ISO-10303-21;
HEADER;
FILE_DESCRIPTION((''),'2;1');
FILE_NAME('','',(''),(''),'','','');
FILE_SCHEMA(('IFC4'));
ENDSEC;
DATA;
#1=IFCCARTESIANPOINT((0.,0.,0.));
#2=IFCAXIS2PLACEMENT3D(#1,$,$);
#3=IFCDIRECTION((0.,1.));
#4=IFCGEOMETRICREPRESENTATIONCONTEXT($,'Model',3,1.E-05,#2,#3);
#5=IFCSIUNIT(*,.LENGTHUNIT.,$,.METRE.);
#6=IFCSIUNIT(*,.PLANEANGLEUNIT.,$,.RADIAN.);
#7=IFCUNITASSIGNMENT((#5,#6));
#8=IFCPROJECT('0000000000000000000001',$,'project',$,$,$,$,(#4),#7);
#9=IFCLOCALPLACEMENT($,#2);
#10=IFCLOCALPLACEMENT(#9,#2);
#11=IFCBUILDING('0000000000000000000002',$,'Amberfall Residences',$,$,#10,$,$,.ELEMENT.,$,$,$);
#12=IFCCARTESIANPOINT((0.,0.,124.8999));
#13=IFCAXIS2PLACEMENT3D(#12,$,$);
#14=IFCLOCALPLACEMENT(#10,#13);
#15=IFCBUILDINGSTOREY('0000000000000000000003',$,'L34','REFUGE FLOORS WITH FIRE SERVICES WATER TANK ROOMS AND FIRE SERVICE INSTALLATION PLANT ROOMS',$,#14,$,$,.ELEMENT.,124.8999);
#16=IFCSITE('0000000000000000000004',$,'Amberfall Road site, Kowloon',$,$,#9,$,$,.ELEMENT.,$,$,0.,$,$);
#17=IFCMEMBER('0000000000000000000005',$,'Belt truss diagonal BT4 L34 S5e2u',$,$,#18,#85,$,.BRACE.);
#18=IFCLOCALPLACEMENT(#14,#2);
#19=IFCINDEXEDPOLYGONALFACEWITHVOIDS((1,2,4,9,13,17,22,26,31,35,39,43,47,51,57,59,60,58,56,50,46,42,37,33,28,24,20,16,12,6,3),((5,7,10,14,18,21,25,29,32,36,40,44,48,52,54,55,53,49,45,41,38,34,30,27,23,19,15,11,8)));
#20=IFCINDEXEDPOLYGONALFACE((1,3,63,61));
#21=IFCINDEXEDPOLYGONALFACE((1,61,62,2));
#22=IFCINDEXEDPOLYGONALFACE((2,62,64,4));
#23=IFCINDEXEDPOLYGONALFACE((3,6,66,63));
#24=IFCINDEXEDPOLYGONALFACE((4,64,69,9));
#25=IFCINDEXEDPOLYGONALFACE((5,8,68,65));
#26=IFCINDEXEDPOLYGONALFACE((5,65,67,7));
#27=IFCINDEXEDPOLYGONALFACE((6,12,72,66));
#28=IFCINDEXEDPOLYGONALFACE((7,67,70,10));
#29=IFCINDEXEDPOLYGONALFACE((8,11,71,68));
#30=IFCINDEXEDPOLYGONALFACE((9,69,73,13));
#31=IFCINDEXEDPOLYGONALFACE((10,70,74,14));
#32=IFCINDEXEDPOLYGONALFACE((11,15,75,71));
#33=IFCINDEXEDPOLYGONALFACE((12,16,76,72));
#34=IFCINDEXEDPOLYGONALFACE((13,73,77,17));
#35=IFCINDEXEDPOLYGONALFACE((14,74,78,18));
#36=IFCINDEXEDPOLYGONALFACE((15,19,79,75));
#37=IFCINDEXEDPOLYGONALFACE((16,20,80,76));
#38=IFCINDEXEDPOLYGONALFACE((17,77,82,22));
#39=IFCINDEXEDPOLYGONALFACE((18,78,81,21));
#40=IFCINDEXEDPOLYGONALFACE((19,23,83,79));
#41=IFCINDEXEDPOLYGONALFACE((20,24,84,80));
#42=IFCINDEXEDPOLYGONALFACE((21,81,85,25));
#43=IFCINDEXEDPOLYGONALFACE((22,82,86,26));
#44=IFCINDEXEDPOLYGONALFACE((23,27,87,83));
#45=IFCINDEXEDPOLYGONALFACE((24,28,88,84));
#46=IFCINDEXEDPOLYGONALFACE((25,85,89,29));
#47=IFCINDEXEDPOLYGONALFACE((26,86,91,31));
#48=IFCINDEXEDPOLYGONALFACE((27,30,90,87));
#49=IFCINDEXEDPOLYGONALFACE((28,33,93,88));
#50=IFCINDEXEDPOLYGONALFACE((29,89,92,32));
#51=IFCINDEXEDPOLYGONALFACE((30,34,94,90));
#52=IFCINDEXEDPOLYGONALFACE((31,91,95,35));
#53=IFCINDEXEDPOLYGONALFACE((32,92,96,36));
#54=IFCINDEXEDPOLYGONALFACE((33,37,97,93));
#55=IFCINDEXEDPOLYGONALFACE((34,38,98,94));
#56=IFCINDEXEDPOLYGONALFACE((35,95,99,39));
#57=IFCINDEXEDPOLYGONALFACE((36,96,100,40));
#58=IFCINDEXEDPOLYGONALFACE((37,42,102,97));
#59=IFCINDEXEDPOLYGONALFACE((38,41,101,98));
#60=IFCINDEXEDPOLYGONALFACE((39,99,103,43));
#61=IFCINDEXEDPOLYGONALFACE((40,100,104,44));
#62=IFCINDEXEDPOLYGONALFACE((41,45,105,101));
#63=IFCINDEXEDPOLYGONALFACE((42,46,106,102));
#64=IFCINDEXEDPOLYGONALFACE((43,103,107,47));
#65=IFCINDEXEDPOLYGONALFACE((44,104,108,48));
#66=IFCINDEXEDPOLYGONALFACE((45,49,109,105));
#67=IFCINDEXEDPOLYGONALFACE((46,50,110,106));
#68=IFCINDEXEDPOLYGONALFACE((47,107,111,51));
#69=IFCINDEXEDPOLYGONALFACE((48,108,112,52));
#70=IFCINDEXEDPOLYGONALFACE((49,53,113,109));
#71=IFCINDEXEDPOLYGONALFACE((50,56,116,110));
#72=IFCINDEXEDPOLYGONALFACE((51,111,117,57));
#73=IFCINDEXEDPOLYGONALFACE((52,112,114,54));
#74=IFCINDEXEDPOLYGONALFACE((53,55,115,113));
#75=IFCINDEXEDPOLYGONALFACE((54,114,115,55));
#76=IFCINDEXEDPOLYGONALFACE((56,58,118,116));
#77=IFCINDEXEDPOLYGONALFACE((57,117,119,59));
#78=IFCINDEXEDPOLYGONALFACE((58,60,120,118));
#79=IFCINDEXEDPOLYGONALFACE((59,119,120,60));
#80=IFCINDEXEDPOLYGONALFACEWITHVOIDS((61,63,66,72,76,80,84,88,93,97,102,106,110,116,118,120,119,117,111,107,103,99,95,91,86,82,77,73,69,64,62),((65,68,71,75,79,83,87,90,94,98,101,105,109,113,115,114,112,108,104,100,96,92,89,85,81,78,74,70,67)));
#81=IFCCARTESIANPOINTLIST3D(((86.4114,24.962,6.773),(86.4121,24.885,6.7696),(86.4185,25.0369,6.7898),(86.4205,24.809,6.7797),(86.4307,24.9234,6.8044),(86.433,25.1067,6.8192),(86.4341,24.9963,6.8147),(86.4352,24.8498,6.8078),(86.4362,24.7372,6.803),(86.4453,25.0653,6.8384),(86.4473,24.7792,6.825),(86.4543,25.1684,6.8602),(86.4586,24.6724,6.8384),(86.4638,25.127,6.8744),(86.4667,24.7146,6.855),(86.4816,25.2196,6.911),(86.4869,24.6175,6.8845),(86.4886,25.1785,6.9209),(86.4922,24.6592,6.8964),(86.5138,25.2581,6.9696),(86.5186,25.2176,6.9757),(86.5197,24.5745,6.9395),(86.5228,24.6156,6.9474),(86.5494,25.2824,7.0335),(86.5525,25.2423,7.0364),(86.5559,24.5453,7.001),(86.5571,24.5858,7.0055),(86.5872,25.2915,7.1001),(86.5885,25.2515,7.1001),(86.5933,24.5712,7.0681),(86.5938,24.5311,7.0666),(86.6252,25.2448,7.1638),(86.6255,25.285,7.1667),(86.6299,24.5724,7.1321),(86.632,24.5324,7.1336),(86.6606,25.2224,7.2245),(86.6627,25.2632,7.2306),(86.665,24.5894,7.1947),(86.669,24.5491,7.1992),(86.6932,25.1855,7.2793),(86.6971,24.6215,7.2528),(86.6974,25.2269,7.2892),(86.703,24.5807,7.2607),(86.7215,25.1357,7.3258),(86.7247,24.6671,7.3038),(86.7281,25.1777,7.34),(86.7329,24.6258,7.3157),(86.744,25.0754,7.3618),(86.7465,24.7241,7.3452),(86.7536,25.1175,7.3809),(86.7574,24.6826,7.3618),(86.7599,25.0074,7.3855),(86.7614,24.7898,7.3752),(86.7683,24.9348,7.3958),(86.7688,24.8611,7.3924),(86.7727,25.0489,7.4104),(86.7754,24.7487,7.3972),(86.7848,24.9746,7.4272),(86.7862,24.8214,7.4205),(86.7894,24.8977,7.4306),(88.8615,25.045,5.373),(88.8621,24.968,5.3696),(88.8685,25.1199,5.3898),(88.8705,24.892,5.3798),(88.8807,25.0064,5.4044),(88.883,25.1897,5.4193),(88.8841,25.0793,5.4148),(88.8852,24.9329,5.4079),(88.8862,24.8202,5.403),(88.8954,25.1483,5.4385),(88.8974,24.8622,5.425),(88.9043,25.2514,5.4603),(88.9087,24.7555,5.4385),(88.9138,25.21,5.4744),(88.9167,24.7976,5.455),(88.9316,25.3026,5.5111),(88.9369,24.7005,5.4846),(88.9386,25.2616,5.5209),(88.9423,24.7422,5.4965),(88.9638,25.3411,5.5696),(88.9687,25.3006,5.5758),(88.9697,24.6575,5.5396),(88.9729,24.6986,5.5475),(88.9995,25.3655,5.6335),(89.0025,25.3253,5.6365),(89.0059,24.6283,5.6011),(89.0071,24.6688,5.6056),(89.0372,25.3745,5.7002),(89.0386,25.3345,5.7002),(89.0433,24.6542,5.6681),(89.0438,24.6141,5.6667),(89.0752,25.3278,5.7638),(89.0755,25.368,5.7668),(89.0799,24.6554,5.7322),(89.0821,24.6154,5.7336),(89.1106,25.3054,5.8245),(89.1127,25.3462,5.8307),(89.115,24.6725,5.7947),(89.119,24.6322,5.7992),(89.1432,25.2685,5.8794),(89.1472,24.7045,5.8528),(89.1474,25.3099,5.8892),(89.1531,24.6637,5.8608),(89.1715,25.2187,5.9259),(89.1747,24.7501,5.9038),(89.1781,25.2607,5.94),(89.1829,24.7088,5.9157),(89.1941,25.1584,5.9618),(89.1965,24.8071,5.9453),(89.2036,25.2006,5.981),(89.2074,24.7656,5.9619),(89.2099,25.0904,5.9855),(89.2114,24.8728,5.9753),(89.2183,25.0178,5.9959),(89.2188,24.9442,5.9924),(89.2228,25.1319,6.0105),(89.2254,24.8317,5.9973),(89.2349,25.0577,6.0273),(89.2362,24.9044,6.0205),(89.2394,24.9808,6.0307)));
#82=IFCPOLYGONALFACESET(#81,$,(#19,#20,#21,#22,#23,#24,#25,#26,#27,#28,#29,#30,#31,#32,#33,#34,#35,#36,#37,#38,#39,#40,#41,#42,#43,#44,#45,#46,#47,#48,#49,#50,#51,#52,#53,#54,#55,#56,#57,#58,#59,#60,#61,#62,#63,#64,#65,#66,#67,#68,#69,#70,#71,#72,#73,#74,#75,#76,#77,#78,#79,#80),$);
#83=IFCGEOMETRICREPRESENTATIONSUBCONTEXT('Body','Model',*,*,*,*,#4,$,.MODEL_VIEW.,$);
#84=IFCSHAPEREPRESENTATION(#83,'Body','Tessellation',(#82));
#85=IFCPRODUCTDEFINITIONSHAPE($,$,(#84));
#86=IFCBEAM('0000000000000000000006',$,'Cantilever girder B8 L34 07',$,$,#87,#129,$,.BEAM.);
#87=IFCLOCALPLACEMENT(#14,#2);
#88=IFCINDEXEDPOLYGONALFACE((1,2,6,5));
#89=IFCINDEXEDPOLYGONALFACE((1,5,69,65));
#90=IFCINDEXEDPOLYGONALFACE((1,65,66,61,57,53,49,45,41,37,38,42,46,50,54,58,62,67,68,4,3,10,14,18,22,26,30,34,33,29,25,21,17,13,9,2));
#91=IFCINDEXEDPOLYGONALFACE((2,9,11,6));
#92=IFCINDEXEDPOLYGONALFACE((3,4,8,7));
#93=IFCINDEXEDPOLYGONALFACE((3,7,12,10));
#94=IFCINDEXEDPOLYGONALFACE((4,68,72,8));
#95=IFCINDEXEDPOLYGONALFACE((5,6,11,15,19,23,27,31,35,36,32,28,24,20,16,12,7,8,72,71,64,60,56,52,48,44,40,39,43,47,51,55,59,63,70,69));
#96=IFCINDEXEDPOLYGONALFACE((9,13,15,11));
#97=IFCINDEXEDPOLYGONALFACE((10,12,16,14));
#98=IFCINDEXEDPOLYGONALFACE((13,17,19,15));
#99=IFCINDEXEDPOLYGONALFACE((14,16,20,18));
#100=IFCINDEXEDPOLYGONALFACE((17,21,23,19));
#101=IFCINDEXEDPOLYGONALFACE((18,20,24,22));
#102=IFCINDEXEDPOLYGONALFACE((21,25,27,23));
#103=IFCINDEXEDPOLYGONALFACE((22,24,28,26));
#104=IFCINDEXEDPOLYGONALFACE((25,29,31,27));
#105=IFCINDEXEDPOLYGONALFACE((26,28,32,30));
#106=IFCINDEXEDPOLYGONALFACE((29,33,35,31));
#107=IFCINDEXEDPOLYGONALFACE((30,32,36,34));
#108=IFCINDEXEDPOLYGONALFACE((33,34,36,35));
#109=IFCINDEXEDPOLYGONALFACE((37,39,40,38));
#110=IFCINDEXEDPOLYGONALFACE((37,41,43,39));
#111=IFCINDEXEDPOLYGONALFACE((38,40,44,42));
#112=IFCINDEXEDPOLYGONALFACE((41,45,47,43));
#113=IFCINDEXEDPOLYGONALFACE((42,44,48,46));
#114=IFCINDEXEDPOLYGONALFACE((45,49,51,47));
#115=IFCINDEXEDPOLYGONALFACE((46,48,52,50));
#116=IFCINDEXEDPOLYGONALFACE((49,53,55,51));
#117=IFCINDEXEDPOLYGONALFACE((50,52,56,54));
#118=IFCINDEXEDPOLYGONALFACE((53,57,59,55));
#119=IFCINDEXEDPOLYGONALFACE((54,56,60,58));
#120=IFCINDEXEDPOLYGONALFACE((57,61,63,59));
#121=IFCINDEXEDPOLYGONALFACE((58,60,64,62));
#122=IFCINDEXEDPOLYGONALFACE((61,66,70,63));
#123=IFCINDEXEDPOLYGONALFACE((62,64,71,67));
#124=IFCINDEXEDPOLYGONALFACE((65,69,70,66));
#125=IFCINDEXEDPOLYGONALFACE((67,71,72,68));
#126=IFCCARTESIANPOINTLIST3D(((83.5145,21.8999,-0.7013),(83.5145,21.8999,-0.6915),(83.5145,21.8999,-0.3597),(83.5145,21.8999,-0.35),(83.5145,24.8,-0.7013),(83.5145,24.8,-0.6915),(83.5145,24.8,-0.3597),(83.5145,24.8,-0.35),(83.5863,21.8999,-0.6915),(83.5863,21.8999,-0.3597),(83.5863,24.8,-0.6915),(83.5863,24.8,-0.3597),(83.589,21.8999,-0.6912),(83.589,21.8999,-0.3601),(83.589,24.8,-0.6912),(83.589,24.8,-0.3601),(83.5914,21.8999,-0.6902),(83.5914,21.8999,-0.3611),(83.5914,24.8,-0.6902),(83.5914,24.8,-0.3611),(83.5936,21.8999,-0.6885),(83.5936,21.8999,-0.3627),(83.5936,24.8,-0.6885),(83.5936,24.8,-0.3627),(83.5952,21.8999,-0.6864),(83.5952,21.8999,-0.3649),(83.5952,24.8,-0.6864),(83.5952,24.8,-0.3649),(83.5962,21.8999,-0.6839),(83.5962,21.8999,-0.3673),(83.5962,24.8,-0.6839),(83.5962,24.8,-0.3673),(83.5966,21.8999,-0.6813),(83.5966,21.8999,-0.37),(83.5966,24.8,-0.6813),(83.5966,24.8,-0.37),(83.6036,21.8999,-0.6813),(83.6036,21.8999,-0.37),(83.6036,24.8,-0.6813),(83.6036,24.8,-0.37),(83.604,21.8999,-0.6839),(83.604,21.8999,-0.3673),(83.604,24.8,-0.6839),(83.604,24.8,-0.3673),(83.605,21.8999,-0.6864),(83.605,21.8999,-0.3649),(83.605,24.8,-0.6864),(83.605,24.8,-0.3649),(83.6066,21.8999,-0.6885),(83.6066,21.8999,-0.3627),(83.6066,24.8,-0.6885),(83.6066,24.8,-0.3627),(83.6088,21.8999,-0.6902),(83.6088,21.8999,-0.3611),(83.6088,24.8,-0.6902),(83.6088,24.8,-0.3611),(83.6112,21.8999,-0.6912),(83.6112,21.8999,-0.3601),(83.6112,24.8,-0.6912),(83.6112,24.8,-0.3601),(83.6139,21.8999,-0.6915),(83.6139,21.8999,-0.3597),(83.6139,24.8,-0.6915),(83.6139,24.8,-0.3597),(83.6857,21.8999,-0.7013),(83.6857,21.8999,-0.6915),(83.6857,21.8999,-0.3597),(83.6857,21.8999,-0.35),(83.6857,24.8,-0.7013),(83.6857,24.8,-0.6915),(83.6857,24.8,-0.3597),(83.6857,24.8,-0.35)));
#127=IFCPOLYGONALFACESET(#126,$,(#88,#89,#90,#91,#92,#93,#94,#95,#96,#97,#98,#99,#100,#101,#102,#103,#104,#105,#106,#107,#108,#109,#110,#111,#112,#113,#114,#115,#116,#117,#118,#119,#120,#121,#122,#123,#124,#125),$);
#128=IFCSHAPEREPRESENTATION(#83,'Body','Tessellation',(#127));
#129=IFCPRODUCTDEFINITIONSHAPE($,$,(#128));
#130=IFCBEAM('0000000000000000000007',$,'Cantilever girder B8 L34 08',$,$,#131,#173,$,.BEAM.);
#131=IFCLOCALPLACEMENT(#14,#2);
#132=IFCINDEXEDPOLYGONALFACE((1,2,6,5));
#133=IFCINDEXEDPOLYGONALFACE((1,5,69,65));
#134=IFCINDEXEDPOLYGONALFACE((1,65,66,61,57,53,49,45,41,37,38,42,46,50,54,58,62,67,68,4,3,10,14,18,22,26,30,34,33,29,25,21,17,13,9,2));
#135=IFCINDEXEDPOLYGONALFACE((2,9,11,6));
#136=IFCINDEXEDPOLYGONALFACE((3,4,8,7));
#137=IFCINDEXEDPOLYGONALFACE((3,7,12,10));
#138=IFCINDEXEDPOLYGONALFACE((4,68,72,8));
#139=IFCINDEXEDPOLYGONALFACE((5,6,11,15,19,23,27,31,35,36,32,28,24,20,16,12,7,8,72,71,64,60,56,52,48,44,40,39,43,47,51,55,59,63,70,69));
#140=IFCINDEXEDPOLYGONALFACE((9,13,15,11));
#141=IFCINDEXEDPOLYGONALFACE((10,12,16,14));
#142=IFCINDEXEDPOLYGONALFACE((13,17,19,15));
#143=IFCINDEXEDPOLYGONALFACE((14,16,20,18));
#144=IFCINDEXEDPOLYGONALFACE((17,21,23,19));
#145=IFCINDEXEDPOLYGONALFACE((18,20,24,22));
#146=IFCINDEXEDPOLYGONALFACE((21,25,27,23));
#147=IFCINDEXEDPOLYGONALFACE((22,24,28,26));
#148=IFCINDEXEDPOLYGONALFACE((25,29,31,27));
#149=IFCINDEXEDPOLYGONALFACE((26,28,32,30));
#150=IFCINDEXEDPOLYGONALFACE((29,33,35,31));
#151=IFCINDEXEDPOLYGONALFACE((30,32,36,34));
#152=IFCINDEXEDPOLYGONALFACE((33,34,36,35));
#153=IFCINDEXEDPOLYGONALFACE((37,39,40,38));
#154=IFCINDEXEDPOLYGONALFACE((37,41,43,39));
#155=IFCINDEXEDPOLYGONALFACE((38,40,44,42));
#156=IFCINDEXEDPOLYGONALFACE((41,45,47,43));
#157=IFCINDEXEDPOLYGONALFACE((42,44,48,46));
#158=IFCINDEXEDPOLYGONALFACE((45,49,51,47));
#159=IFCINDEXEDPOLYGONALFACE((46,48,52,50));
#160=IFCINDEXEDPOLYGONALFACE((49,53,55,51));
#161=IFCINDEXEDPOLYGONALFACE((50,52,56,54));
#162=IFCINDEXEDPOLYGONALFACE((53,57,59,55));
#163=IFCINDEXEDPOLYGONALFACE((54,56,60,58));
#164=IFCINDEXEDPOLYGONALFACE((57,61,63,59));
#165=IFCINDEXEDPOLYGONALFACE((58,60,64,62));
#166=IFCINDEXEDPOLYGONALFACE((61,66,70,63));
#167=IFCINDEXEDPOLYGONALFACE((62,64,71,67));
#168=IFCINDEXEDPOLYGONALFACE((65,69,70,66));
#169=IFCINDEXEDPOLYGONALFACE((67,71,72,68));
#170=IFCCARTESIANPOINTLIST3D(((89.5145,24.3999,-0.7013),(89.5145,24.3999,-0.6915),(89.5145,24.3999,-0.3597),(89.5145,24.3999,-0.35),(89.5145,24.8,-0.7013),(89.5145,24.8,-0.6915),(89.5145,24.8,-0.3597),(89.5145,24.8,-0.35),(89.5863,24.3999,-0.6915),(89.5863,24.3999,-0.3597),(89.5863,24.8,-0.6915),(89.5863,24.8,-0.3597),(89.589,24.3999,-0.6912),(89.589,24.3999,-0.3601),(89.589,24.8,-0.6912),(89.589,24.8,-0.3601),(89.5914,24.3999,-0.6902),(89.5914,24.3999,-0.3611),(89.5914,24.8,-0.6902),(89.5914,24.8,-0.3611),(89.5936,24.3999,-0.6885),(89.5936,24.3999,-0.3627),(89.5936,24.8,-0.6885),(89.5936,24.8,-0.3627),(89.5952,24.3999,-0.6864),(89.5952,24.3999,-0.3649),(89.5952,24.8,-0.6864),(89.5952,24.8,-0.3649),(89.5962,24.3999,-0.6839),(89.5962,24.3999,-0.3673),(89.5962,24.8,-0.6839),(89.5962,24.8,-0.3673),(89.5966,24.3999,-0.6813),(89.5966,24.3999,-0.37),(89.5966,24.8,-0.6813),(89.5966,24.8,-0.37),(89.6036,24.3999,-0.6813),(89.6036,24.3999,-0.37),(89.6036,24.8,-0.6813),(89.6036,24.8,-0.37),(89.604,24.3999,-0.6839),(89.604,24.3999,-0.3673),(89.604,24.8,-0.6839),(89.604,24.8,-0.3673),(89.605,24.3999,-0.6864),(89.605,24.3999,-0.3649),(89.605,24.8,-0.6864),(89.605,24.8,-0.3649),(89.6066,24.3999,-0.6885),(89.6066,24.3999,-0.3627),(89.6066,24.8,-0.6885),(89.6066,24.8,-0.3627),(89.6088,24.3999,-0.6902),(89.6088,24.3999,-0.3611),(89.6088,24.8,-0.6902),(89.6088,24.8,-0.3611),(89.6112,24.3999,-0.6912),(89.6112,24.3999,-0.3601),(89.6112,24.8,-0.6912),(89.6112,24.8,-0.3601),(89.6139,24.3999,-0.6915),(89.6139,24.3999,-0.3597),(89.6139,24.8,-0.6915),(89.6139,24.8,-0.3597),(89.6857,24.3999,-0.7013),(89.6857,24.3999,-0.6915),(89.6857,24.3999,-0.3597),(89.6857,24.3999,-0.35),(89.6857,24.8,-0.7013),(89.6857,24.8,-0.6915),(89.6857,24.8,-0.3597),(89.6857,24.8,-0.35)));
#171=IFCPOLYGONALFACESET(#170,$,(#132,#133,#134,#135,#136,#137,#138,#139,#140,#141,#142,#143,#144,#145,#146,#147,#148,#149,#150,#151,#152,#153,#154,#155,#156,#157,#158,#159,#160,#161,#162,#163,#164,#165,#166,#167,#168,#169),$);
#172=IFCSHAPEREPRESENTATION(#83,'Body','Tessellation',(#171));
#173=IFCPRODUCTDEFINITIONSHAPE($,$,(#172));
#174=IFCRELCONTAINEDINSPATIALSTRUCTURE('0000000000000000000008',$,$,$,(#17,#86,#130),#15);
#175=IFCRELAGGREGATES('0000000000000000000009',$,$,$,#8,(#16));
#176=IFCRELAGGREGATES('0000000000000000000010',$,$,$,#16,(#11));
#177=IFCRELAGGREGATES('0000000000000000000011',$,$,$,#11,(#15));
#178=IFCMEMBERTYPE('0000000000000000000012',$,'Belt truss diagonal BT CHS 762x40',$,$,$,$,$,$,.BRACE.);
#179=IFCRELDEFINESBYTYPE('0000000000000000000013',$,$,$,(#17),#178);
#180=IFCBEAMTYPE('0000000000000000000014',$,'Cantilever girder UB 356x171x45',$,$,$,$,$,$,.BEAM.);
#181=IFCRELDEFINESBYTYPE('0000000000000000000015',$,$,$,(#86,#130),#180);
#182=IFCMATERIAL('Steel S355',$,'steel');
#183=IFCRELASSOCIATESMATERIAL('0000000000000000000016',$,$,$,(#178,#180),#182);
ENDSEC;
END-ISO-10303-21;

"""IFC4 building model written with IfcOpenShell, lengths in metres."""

from ifc_helpers import new_model, si_unit, direction, frame, origin, origin_2d, place, context, subcontext, project, spatial, hollow_circle, i_section, extrude, material, material_profile, profile_set, type_object, element, save


model = new_model("IFC4")

# Units and contexts
model_context = context("Model", 3, precision=1e-05, world=origin(), true_north=direction((0.0, 1.0)))
body_context = subcontext(model_context, "Body", "Model", "MODEL_VIEW")
ifc_project = project(units=[si_unit("LENGTHUNIT", "METRE"), si_unit("PLANEANGLEUNIT", "RADIAN")], contexts=[model_context])

# Site, building, storey
site_placement = place(None, origin())
site = spatial("IfcSite", under=ifc_project, at=site_placement, Name="Amberfall Road site, Kowloon", CompositionType="ELEMENT", RefElevation=0.0)
building_placement = place(site_placement, origin())
building = spatial("IfcBuilding", under=site, at=building_placement, Name="Amberfall Residences", CompositionType="ELEMENT")
storey_placement = place(building_placement, frame((0.0, 0.0, 124.8999)))
storey = spatial("IfcBuildingStorey", under=building, at=storey_placement, Name="L34", Description="REFUGE FLOORS WITH FIRE SERVICES WATER TANK ROOMS AND FIRE SERVICE INSTALLATION PLANT ROOMS", CompositionType="ELEMENT", Elevation=124.8999)

# Shared definitions
ifc_material_1 = material(Name="Steel S355", Category="steel")

# Member
ifc_material_profile_1 = material_profile(ifc_material_1, hollow_circle(Radius=0.3811, WallThickness=0.04, at=origin_2d()), Name="CHS 762x40")
ifc_profile_set_1 = profile_set([ifc_material_profile_1], Name="Steel S355")
member_type = type_object("IfcMemberType", Name="Belt truss diagonal BT CHS 762x40", PredefinedType="BRACE", material=ifc_profile_set_1)
member_1_placement = place(storey_placement, frame((86.6001, 24.9106, 7.1001), z_axis=(0.867878, 0.029405, -0.495906), x_axis=(-0.033862, 0.999427, 0.0)))
element("IfcMember", 1, at=member_1_placement, inside=storey, type_object=member_type, Name="Belt truss diagonal BT4 L34 S5e2u", PredefinedType="BRACE", context=body_context, shape_type="SweptSolid", body=[
    extrude(hollow_circle(Radius=0.3811, WallThickness=0.04, at=origin_2d()), origin(), (0.0, 0.0, 1.0), 2.823),
])

# Beams
ifc_material_profile_2 = material_profile(ifc_material_1, i_section(OverallWidth=0.1711, OverallDepth=0.3513, WebThickness=0.0071, FlangeThickness=0.0098, FilletRadius=0.0103, at=origin_2d()), Name="UB 356x171x45")
ifc_profile_set_2 = profile_set([ifc_material_profile_2], Name="Steel S355")
beam_type_1 = type_object("IfcBeamType", Name="Cantilever girder UB 356x171x45", PredefinedType="BEAM", material=ifc_profile_set_2)
beam_1_placement = place(storey_placement, frame((83.6001, 24.8, -0.5256), z_axis=(0.0, -1.0, 0.0), x_axis=(1.0, 0.0, 0.0)))
element("IfcBeam", 2, at=beam_1_placement, inside=storey, type_object=beam_type_1, Name="Cantilever girder B8 L34 07", PredefinedType="BEAM", context=body_context, shape_type="SweptSolid", body=[
    extrude(i_section(OverallWidth=0.1711, OverallDepth=0.3513, WebThickness=0.0071, FlangeThickness=0.0098, FilletRadius=0.0103, at=origin_2d()), origin(), (0.0, 0.0, 1.0), 2.9001),
])
beam_2_placement = place(storey_placement, frame((89.6001, 24.8, -0.5256), z_axis=(0.0, -1.0, 0.0), x_axis=(1.0, 0.0, 0.0)))
element("IfcBeam", 3, at=beam_2_placement, inside=storey, type_object=beam_type_1, Name="Cantilever girder B8 L34 08", PredefinedType="BEAM", context=body_context, shape_type="SweptSolid", body=[
    extrude(i_section(OverallWidth=0.1711, OverallDepth=0.3513, WebThickness=0.0071, FlangeThickness=0.0098, FilletRadius=0.0103, at=origin_2d()), origin(), (0.0, 0.0, 1.0), 0.4001),
])

save(model, "model.ifc")
